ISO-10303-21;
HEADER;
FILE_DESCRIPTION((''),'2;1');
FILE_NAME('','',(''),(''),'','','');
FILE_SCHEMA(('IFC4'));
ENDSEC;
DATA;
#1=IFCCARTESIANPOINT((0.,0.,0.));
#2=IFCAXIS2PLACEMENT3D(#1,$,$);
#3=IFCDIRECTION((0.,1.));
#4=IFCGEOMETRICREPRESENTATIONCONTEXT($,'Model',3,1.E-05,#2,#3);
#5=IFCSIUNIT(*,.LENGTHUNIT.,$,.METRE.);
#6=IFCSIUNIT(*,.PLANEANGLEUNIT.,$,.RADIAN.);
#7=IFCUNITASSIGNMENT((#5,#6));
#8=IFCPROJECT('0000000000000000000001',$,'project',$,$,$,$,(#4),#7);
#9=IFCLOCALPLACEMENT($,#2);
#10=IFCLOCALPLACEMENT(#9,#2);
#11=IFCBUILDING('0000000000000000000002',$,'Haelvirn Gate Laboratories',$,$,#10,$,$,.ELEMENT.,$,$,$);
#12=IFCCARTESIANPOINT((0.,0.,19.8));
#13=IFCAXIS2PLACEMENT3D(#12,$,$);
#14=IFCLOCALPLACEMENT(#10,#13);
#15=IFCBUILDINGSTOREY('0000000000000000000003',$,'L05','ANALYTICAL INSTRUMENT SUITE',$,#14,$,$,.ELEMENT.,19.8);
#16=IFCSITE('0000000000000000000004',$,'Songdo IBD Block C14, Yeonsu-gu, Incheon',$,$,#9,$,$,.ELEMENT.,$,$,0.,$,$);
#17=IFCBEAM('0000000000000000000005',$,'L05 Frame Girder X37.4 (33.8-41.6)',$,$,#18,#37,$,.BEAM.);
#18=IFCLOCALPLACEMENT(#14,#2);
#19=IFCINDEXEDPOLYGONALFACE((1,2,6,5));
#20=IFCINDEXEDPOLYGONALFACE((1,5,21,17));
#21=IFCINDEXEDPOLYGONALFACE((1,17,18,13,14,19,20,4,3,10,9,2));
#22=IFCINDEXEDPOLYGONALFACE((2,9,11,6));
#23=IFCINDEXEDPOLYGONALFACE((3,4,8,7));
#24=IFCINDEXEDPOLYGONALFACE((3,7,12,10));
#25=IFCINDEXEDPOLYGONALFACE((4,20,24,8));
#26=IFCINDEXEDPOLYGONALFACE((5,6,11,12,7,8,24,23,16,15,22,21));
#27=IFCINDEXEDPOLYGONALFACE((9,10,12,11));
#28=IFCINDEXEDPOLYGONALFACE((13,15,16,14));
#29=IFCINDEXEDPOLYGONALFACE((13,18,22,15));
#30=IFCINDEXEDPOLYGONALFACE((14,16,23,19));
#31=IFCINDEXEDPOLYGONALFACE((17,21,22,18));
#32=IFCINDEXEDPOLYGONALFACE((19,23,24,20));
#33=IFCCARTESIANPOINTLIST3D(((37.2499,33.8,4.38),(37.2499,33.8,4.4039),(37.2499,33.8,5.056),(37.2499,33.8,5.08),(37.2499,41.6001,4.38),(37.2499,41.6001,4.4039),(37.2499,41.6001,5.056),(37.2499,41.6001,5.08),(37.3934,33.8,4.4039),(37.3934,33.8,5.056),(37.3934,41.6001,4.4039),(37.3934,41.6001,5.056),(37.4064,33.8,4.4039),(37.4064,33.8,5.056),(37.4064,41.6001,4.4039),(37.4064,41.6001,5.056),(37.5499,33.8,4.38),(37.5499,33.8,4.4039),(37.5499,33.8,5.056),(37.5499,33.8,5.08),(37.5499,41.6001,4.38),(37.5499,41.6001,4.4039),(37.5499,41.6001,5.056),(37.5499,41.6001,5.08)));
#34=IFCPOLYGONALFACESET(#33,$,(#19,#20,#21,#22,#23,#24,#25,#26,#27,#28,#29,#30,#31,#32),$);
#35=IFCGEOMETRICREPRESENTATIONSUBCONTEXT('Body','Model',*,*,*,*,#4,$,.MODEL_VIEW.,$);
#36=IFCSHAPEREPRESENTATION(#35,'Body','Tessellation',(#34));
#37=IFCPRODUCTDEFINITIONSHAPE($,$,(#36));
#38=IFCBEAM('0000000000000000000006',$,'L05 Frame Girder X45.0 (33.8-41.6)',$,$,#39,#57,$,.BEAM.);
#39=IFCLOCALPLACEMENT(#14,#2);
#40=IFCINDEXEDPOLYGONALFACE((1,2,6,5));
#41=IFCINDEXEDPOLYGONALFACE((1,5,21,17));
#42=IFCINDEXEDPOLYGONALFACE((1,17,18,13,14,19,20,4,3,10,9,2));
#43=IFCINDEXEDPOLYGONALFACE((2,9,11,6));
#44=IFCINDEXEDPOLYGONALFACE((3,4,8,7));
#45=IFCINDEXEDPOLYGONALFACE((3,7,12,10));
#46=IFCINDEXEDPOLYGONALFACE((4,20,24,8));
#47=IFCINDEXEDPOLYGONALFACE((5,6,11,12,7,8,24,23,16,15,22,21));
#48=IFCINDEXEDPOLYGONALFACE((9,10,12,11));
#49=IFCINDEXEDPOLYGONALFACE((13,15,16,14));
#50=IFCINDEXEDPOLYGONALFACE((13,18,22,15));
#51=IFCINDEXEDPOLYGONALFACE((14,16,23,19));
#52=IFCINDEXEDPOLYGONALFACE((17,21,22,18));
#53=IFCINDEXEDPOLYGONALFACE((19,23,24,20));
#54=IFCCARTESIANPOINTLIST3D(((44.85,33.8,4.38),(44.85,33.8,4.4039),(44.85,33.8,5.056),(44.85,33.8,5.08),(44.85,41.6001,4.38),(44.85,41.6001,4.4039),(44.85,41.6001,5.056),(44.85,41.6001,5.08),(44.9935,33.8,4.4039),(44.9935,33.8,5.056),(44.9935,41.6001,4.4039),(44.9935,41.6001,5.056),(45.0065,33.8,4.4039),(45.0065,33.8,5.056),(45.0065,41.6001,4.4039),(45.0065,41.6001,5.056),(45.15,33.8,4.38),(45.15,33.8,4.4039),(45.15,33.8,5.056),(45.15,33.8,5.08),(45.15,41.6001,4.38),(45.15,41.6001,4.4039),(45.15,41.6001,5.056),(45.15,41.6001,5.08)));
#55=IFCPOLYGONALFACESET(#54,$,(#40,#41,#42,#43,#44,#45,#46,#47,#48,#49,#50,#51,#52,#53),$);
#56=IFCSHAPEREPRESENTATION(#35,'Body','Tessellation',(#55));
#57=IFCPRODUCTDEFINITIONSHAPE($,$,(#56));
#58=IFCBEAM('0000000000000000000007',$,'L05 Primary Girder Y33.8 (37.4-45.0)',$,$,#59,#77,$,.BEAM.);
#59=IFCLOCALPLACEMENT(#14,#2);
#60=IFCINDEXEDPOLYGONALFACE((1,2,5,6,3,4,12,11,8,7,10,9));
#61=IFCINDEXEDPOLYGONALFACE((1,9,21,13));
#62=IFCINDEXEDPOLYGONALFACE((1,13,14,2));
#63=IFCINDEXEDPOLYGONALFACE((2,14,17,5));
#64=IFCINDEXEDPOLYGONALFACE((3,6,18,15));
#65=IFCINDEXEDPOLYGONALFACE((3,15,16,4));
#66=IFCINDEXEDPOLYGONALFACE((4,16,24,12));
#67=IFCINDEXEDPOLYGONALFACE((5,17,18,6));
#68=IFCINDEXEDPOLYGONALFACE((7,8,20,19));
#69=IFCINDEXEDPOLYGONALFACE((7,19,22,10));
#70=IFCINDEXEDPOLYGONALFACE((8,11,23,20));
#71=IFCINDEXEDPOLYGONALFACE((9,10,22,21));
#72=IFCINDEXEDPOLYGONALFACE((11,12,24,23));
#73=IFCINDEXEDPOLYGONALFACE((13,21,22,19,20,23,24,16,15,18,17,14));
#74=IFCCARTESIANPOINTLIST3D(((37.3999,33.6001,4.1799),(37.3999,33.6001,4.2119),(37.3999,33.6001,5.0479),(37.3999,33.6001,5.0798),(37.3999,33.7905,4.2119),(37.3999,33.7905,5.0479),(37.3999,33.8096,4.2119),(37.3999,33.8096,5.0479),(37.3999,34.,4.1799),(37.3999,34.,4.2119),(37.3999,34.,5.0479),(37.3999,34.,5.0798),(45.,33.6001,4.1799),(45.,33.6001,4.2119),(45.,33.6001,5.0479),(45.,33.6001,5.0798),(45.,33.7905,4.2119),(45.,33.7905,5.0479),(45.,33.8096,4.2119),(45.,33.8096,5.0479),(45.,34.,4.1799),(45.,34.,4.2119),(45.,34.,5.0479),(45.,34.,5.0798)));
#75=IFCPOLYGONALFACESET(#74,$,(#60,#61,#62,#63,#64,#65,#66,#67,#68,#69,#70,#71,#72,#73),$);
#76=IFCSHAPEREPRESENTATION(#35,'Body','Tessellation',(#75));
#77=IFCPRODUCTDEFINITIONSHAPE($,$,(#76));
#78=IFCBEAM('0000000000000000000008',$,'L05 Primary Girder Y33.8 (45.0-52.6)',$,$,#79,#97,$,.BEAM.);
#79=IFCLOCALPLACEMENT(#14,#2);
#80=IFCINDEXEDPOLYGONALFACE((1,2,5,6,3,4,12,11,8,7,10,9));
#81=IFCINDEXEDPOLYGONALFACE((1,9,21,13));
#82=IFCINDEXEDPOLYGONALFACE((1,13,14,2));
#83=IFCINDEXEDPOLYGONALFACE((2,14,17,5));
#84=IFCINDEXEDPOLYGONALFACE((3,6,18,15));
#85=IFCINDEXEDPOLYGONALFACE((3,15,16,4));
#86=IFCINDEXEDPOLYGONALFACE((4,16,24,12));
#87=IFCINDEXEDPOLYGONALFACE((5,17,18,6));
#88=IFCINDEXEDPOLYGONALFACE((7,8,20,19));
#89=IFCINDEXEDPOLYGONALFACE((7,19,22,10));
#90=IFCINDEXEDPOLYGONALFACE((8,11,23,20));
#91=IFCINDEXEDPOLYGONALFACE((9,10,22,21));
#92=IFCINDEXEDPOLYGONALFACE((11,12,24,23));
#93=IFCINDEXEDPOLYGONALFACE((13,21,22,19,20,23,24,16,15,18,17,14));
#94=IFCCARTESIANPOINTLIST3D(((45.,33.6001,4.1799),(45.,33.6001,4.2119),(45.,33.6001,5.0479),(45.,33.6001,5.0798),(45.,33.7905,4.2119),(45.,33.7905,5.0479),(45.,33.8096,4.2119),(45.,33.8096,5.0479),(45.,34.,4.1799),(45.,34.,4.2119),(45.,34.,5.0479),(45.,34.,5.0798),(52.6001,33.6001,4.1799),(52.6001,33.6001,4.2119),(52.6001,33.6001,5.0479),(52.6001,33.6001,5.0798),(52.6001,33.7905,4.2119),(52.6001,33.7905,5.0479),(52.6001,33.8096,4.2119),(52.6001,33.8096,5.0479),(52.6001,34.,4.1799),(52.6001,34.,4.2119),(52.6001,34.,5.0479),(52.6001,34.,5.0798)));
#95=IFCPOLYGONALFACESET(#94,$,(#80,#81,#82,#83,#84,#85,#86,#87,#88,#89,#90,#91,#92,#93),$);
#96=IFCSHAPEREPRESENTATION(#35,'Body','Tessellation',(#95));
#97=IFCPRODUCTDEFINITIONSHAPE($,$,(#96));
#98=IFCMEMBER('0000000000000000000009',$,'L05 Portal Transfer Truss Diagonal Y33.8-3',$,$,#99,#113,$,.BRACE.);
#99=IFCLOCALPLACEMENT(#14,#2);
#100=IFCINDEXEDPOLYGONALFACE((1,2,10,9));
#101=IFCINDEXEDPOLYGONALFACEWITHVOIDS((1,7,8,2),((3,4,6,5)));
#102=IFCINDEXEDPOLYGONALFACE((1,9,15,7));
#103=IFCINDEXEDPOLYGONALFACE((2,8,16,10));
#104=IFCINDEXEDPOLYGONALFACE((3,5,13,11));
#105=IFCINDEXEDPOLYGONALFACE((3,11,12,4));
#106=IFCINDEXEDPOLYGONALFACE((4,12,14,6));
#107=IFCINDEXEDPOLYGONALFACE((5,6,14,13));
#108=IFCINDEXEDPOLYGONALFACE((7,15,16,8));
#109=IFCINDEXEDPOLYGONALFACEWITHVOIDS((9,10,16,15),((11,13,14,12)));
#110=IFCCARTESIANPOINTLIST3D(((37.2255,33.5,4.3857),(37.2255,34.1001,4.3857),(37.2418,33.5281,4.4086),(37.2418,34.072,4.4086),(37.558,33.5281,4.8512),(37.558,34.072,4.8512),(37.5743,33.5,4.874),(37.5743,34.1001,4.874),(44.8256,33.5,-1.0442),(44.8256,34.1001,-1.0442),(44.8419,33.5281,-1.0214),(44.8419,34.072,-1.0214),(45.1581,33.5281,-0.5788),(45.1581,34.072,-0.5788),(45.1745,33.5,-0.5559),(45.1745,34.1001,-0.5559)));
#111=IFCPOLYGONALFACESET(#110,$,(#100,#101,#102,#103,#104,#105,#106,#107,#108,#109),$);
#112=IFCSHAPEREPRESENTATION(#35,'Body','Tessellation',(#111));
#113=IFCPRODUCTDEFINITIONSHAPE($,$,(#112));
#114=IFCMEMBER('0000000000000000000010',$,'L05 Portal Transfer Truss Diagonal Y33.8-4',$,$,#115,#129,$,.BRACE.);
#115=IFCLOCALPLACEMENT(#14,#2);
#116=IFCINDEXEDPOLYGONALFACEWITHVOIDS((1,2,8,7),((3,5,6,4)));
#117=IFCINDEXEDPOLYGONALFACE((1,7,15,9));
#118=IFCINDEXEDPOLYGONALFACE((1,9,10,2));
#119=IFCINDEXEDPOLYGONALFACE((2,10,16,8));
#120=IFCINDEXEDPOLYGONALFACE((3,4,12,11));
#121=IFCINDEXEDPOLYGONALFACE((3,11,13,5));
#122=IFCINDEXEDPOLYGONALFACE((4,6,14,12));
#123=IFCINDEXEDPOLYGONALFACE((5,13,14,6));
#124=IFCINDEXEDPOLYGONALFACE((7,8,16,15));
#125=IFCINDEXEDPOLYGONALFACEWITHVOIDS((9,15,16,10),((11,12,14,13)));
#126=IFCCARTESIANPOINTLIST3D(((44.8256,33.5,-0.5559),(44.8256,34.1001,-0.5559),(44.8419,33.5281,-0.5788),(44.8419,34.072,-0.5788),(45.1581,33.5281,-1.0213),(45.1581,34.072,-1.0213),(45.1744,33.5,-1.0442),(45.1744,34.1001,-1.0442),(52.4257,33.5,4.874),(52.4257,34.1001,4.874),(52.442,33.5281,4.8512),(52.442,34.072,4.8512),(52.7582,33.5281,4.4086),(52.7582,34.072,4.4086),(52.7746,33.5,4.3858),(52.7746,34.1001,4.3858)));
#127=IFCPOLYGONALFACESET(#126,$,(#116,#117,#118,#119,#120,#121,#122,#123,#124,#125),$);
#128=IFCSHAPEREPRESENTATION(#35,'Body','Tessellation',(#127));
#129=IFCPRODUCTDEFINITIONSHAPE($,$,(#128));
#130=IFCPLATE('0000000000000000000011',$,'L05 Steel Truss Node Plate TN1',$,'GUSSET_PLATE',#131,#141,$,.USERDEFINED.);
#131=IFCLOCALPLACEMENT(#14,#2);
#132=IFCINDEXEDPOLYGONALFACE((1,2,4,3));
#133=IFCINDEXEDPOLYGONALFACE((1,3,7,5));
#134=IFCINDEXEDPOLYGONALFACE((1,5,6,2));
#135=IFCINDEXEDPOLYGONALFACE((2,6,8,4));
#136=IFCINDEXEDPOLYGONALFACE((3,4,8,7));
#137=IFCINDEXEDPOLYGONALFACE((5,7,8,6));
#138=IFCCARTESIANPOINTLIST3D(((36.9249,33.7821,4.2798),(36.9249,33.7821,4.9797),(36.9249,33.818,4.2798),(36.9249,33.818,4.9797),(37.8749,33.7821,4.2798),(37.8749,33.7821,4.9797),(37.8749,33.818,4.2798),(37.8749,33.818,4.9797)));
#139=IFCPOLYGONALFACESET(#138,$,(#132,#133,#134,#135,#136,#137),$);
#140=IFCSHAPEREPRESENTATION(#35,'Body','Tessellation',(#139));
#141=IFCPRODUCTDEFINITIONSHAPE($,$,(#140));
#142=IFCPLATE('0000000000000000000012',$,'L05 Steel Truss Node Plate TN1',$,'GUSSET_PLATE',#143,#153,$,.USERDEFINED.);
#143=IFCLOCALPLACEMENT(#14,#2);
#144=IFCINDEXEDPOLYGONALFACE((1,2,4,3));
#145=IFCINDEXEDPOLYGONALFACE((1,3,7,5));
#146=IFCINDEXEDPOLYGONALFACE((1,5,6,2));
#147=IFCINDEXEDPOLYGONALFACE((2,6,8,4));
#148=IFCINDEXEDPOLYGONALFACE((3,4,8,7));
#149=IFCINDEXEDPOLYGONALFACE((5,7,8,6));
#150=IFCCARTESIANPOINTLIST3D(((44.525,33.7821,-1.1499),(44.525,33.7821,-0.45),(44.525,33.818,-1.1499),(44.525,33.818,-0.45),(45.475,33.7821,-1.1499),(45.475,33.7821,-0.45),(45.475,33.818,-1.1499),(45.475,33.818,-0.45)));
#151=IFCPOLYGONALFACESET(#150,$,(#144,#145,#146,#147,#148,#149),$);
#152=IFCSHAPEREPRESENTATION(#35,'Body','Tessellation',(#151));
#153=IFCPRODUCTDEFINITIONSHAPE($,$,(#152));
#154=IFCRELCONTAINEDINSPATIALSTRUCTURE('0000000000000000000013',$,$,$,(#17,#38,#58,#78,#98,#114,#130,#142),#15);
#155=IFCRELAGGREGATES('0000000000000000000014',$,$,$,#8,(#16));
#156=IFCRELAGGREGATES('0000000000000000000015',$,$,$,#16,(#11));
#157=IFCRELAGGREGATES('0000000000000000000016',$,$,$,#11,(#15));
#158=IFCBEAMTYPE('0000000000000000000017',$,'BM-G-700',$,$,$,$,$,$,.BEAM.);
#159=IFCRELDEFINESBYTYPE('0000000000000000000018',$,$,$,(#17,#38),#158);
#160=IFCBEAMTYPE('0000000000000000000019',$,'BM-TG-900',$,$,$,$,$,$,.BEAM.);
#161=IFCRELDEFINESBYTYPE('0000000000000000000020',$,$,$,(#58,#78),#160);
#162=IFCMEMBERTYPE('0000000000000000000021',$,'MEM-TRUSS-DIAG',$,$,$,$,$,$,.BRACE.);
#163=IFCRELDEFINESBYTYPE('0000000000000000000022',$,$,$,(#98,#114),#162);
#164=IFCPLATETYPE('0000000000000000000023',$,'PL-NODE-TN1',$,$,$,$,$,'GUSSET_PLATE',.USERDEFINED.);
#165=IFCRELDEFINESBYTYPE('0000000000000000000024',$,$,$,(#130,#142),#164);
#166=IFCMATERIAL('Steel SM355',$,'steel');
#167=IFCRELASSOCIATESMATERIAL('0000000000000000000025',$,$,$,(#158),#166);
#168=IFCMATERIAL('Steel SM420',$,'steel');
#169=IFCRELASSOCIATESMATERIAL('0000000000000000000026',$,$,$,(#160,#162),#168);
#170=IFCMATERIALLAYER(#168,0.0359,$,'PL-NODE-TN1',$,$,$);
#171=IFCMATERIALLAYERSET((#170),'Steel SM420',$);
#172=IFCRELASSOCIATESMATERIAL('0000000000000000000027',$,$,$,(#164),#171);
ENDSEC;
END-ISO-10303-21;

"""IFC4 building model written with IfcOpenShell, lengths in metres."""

from ifc_helpers import new_model, si_unit, direction, frame, origin, origin_2d, place, context, subcontext, project, spatial, rectangle, hollow_rectangle, i_section, extrude, source, transform, mapped, material, layer, layer_set, material_profile, profile_set, type_object, type_shapes, element, save


model = new_model("IFC4")

# Units and contexts
model_context = context("Model", 3, precision=1e-05, world=origin(), true_north=direction((0.0, 1.0)))
body_context = subcontext(model_context, "Body", "Model", "MODEL_VIEW")
ifc_project = project(units=[si_unit("LENGTHUNIT", "METRE"), si_unit("PLANEANGLEUNIT", "RADIAN")], contexts=[model_context])

# Site, building, storey
site_placement = place(None, origin())
site = spatial("IfcSite", under=ifc_project, at=site_placement, Name="Songdo IBD Block C14, Yeonsu-gu, Incheon", CompositionType="ELEMENT", RefElevation=0.0)
building_placement = place(site_placement, origin())
building = spatial("IfcBuilding", under=site, at=building_placement, Name="Haelvirn Gate Laboratories", CompositionType="ELEMENT")
storey_placement = place(building_placement, frame((0.0, 0.0, 19.8)))
storey = spatial("IfcBuildingStorey", under=building, at=storey_placement, Name="L05", Description="ANALYTICAL INSTRUMENT SUITE", CompositionType="ELEMENT", Elevation=19.8)

# Shared definitions
ifc_material_1 = material(Name="Steel SM420", Category="steel")

# Beams
ifc_material_2 = material(Name="Steel SM355", Category="steel")
ifc_material_profile_1 = material_profile(ifc_material_2, i_section(OverallWidth=0.3, OverallDepth=0.7, WebThickness=0.0129, FlangeThickness=0.0239, at=origin_2d()), Name="H-700x300x13x24")
ifc_profile_set_1 = profile_set([ifc_material_profile_1], Name="Steel SM355")
beam_type_1 = type_object("IfcBeamType", Name="BM-G-700", PredefinedType="BEAM", material=ifc_profile_set_1)
shared_shape_1 = source(origin(), body_context, "Body", "SweptSolid", [
    extrude(i_section(OverallWidth=0.3, OverallDepth=0.7, WebThickness=0.0129, FlangeThickness=0.0239, at=origin_2d()), origin(), (0.0, 0.0, 1.0), 7.8),
])
type_shapes(beam_type_1, [shared_shape_1])
for number, where, z_axis, x_axis, name in (
    (1, (37.3999, 33.8, 4.73), (0.0, 1.0, 0.0), (-1.0, 0.0, 0.0), "L05 Frame Girder X37.4 (33.8-41.6)"),
    (2, (45.0, 33.8, 4.73), (0.0, 1.0, 0.0), (-1.0, 0.0, 0.0), "L05 Frame Girder X45.0 (33.8-41.6)"),
):
    element("IfcBeam", number, at=place(storey_placement, frame(where, z_axis=z_axis, x_axis=x_axis)), inside=storey, type_object=beam_type_1, Name=name, PredefinedType="BEAM", context=body_context, shape_type="MappedRepresentation", body=[
        mapped(shared_shape_1, transform((0.0, 0.0, 0.0), scale=1.0)),
    ])
ifc_material_profile_2 = material_profile(ifc_material_1, i_section(OverallWidth=0.3999, OverallDepth=0.8999, WebThickness=0.019, FlangeThickness=0.032, at=origin_2d()), Name="H-900x400x19x32")
ifc_profile_set_2 = profile_set([ifc_material_profile_2], Name="Steel SM420")
beam_type_2 = type_object("IfcBeamType", Name="BM-TG-900", PredefinedType="BEAM", material=ifc_profile_set_2)
shared_shape_2 = source(origin(), body_context, "Body", "SweptSolid", [
    extrude(i_section(OverallWidth=0.3999, OverallDepth=0.8999, WebThickness=0.019, FlangeThickness=0.032, at=origin_2d()), origin(), (0.0, 0.0, 1.0), 7.6001),
])
type_shapes(beam_type_2, [shared_shape_2])
for number, where, z_axis, x_axis, name in (
    (3, (37.3999, 33.8, 4.6299), (1.0, 0.0, 0.0), (0.0, 1.0, 0.0), "L05 Primary Girder Y33.8 (37.4-45.0)"),
    (4, (45.0, 33.8, 4.6299), (1.0, 0.0, 0.0), (0.0, 1.0, 0.0), "L05 Primary Girder Y33.8 (45.0-52.6)"),
):
    element("IfcBeam", number, at=place(storey_placement, frame(where, z_axis=z_axis, x_axis=x_axis)), inside=storey, type_object=beam_type_2, Name=name, PredefinedType="BEAM", context=body_context, shape_type="MappedRepresentation", body=[
        mapped(shared_shape_2, transform((0.0, 0.0, 0.0), scale=1.0)),
    ])

# Members
ifc_material_profile_3 = material_profile(ifc_material_1, hollow_rectangle(XDim=0.6001, YDim=0.6001, WallThickness=0.0281, at=origin_2d()), Name="BOX-600x600x28")
ifc_profile_set_3 = profile_set([ifc_material_profile_3], Name="Steel SM420")
member_type = type_object("IfcMemberType", Name="MEM-TRUSS-DIAG", PredefinedType="BRACE", material=ifc_profile_set_3)
shared_shape_3 = source(origin(), body_context, "Body", "SweptSolid", [
    extrude(hollow_rectangle(XDim=0.6001, YDim=0.6001, WallThickness=0.0281, at=origin_2d()), origin(), (0.0, 0.0, 1.0), 9.3406),
])
type_shapes(member_type, [shared_shape_3])
for number, where, z_axis, x_axis, name in (
    (5, (37.3999, 33.8, 4.6299), (0.813668, 0.0, -0.58133), (0.0, 1.0, 0.0), "L05 Portal Transfer Truss Diagonal Y33.8-3"),
    (6, (45.0, 33.8, -0.8), (0.813668, 0.0, 0.58133), (0.0, 1.0, 0.0), "L05 Portal Transfer Truss Diagonal Y33.8-4"),
):
    element("IfcMember", number, at=place(storey_placement, frame(where, z_axis=z_axis, x_axis=x_axis)), inside=storey, type_object=member_type, Name=name, PredefinedType="BRACE", context=body_context, shape_type="MappedRepresentation", body=[
        mapped(shared_shape_3, transform((0.0, 0.0, 0.0), scale=1.0)),
    ])

# Plates
ifc_layer_1 = layer(ifc_material_1, 0.0359, Name="PL-NODE-TN1")
ifc_layer_set_1 = layer_set([ifc_layer_1], Name="Steel SM420")
plate_type = type_object("IfcPlateType", Name="PL-NODE-TN1", ElementType="GUSSET_PLATE", PredefinedType="USERDEFINED", material=ifc_layer_set_1)
shared_shape_4 = source(origin(), body_context, "Body", "SweptSolid", [
    extrude(rectangle(XDim=0.95, YDim=0.0359, at=origin_2d()), origin(), (0.0, 0.0, 1.0), 0.7),
])
type_shapes(plate_type, [shared_shape_4])
for number, where, z_axis, x_axis, name in (
    (7, (37.3999, 33.8, 4.2798), (0.0, 0.0, 1.0), (1.0, 0.0, 0.0), "L05 Steel Truss Node Plate TN1"),
    (8, (45.0, 33.8, -1.1499), (0.0, 0.0, 1.0), (1.0, 0.0, 0.0), "L05 Steel Truss Node Plate TN1"),
):
    element("IfcPlate", number, at=place(storey_placement, frame(where, z_axis=z_axis, x_axis=x_axis)), inside=storey, type_object=plate_type, Name=name, ObjectType="GUSSET_PLATE", PredefinedType="USERDEFINED", context=body_context, shape_type="MappedRepresentation", body=[
        mapped(shared_shape_4, transform((0.0, 0.0, 0.0), scale=1.0)),
    ])

save(model, "model.ifc")
